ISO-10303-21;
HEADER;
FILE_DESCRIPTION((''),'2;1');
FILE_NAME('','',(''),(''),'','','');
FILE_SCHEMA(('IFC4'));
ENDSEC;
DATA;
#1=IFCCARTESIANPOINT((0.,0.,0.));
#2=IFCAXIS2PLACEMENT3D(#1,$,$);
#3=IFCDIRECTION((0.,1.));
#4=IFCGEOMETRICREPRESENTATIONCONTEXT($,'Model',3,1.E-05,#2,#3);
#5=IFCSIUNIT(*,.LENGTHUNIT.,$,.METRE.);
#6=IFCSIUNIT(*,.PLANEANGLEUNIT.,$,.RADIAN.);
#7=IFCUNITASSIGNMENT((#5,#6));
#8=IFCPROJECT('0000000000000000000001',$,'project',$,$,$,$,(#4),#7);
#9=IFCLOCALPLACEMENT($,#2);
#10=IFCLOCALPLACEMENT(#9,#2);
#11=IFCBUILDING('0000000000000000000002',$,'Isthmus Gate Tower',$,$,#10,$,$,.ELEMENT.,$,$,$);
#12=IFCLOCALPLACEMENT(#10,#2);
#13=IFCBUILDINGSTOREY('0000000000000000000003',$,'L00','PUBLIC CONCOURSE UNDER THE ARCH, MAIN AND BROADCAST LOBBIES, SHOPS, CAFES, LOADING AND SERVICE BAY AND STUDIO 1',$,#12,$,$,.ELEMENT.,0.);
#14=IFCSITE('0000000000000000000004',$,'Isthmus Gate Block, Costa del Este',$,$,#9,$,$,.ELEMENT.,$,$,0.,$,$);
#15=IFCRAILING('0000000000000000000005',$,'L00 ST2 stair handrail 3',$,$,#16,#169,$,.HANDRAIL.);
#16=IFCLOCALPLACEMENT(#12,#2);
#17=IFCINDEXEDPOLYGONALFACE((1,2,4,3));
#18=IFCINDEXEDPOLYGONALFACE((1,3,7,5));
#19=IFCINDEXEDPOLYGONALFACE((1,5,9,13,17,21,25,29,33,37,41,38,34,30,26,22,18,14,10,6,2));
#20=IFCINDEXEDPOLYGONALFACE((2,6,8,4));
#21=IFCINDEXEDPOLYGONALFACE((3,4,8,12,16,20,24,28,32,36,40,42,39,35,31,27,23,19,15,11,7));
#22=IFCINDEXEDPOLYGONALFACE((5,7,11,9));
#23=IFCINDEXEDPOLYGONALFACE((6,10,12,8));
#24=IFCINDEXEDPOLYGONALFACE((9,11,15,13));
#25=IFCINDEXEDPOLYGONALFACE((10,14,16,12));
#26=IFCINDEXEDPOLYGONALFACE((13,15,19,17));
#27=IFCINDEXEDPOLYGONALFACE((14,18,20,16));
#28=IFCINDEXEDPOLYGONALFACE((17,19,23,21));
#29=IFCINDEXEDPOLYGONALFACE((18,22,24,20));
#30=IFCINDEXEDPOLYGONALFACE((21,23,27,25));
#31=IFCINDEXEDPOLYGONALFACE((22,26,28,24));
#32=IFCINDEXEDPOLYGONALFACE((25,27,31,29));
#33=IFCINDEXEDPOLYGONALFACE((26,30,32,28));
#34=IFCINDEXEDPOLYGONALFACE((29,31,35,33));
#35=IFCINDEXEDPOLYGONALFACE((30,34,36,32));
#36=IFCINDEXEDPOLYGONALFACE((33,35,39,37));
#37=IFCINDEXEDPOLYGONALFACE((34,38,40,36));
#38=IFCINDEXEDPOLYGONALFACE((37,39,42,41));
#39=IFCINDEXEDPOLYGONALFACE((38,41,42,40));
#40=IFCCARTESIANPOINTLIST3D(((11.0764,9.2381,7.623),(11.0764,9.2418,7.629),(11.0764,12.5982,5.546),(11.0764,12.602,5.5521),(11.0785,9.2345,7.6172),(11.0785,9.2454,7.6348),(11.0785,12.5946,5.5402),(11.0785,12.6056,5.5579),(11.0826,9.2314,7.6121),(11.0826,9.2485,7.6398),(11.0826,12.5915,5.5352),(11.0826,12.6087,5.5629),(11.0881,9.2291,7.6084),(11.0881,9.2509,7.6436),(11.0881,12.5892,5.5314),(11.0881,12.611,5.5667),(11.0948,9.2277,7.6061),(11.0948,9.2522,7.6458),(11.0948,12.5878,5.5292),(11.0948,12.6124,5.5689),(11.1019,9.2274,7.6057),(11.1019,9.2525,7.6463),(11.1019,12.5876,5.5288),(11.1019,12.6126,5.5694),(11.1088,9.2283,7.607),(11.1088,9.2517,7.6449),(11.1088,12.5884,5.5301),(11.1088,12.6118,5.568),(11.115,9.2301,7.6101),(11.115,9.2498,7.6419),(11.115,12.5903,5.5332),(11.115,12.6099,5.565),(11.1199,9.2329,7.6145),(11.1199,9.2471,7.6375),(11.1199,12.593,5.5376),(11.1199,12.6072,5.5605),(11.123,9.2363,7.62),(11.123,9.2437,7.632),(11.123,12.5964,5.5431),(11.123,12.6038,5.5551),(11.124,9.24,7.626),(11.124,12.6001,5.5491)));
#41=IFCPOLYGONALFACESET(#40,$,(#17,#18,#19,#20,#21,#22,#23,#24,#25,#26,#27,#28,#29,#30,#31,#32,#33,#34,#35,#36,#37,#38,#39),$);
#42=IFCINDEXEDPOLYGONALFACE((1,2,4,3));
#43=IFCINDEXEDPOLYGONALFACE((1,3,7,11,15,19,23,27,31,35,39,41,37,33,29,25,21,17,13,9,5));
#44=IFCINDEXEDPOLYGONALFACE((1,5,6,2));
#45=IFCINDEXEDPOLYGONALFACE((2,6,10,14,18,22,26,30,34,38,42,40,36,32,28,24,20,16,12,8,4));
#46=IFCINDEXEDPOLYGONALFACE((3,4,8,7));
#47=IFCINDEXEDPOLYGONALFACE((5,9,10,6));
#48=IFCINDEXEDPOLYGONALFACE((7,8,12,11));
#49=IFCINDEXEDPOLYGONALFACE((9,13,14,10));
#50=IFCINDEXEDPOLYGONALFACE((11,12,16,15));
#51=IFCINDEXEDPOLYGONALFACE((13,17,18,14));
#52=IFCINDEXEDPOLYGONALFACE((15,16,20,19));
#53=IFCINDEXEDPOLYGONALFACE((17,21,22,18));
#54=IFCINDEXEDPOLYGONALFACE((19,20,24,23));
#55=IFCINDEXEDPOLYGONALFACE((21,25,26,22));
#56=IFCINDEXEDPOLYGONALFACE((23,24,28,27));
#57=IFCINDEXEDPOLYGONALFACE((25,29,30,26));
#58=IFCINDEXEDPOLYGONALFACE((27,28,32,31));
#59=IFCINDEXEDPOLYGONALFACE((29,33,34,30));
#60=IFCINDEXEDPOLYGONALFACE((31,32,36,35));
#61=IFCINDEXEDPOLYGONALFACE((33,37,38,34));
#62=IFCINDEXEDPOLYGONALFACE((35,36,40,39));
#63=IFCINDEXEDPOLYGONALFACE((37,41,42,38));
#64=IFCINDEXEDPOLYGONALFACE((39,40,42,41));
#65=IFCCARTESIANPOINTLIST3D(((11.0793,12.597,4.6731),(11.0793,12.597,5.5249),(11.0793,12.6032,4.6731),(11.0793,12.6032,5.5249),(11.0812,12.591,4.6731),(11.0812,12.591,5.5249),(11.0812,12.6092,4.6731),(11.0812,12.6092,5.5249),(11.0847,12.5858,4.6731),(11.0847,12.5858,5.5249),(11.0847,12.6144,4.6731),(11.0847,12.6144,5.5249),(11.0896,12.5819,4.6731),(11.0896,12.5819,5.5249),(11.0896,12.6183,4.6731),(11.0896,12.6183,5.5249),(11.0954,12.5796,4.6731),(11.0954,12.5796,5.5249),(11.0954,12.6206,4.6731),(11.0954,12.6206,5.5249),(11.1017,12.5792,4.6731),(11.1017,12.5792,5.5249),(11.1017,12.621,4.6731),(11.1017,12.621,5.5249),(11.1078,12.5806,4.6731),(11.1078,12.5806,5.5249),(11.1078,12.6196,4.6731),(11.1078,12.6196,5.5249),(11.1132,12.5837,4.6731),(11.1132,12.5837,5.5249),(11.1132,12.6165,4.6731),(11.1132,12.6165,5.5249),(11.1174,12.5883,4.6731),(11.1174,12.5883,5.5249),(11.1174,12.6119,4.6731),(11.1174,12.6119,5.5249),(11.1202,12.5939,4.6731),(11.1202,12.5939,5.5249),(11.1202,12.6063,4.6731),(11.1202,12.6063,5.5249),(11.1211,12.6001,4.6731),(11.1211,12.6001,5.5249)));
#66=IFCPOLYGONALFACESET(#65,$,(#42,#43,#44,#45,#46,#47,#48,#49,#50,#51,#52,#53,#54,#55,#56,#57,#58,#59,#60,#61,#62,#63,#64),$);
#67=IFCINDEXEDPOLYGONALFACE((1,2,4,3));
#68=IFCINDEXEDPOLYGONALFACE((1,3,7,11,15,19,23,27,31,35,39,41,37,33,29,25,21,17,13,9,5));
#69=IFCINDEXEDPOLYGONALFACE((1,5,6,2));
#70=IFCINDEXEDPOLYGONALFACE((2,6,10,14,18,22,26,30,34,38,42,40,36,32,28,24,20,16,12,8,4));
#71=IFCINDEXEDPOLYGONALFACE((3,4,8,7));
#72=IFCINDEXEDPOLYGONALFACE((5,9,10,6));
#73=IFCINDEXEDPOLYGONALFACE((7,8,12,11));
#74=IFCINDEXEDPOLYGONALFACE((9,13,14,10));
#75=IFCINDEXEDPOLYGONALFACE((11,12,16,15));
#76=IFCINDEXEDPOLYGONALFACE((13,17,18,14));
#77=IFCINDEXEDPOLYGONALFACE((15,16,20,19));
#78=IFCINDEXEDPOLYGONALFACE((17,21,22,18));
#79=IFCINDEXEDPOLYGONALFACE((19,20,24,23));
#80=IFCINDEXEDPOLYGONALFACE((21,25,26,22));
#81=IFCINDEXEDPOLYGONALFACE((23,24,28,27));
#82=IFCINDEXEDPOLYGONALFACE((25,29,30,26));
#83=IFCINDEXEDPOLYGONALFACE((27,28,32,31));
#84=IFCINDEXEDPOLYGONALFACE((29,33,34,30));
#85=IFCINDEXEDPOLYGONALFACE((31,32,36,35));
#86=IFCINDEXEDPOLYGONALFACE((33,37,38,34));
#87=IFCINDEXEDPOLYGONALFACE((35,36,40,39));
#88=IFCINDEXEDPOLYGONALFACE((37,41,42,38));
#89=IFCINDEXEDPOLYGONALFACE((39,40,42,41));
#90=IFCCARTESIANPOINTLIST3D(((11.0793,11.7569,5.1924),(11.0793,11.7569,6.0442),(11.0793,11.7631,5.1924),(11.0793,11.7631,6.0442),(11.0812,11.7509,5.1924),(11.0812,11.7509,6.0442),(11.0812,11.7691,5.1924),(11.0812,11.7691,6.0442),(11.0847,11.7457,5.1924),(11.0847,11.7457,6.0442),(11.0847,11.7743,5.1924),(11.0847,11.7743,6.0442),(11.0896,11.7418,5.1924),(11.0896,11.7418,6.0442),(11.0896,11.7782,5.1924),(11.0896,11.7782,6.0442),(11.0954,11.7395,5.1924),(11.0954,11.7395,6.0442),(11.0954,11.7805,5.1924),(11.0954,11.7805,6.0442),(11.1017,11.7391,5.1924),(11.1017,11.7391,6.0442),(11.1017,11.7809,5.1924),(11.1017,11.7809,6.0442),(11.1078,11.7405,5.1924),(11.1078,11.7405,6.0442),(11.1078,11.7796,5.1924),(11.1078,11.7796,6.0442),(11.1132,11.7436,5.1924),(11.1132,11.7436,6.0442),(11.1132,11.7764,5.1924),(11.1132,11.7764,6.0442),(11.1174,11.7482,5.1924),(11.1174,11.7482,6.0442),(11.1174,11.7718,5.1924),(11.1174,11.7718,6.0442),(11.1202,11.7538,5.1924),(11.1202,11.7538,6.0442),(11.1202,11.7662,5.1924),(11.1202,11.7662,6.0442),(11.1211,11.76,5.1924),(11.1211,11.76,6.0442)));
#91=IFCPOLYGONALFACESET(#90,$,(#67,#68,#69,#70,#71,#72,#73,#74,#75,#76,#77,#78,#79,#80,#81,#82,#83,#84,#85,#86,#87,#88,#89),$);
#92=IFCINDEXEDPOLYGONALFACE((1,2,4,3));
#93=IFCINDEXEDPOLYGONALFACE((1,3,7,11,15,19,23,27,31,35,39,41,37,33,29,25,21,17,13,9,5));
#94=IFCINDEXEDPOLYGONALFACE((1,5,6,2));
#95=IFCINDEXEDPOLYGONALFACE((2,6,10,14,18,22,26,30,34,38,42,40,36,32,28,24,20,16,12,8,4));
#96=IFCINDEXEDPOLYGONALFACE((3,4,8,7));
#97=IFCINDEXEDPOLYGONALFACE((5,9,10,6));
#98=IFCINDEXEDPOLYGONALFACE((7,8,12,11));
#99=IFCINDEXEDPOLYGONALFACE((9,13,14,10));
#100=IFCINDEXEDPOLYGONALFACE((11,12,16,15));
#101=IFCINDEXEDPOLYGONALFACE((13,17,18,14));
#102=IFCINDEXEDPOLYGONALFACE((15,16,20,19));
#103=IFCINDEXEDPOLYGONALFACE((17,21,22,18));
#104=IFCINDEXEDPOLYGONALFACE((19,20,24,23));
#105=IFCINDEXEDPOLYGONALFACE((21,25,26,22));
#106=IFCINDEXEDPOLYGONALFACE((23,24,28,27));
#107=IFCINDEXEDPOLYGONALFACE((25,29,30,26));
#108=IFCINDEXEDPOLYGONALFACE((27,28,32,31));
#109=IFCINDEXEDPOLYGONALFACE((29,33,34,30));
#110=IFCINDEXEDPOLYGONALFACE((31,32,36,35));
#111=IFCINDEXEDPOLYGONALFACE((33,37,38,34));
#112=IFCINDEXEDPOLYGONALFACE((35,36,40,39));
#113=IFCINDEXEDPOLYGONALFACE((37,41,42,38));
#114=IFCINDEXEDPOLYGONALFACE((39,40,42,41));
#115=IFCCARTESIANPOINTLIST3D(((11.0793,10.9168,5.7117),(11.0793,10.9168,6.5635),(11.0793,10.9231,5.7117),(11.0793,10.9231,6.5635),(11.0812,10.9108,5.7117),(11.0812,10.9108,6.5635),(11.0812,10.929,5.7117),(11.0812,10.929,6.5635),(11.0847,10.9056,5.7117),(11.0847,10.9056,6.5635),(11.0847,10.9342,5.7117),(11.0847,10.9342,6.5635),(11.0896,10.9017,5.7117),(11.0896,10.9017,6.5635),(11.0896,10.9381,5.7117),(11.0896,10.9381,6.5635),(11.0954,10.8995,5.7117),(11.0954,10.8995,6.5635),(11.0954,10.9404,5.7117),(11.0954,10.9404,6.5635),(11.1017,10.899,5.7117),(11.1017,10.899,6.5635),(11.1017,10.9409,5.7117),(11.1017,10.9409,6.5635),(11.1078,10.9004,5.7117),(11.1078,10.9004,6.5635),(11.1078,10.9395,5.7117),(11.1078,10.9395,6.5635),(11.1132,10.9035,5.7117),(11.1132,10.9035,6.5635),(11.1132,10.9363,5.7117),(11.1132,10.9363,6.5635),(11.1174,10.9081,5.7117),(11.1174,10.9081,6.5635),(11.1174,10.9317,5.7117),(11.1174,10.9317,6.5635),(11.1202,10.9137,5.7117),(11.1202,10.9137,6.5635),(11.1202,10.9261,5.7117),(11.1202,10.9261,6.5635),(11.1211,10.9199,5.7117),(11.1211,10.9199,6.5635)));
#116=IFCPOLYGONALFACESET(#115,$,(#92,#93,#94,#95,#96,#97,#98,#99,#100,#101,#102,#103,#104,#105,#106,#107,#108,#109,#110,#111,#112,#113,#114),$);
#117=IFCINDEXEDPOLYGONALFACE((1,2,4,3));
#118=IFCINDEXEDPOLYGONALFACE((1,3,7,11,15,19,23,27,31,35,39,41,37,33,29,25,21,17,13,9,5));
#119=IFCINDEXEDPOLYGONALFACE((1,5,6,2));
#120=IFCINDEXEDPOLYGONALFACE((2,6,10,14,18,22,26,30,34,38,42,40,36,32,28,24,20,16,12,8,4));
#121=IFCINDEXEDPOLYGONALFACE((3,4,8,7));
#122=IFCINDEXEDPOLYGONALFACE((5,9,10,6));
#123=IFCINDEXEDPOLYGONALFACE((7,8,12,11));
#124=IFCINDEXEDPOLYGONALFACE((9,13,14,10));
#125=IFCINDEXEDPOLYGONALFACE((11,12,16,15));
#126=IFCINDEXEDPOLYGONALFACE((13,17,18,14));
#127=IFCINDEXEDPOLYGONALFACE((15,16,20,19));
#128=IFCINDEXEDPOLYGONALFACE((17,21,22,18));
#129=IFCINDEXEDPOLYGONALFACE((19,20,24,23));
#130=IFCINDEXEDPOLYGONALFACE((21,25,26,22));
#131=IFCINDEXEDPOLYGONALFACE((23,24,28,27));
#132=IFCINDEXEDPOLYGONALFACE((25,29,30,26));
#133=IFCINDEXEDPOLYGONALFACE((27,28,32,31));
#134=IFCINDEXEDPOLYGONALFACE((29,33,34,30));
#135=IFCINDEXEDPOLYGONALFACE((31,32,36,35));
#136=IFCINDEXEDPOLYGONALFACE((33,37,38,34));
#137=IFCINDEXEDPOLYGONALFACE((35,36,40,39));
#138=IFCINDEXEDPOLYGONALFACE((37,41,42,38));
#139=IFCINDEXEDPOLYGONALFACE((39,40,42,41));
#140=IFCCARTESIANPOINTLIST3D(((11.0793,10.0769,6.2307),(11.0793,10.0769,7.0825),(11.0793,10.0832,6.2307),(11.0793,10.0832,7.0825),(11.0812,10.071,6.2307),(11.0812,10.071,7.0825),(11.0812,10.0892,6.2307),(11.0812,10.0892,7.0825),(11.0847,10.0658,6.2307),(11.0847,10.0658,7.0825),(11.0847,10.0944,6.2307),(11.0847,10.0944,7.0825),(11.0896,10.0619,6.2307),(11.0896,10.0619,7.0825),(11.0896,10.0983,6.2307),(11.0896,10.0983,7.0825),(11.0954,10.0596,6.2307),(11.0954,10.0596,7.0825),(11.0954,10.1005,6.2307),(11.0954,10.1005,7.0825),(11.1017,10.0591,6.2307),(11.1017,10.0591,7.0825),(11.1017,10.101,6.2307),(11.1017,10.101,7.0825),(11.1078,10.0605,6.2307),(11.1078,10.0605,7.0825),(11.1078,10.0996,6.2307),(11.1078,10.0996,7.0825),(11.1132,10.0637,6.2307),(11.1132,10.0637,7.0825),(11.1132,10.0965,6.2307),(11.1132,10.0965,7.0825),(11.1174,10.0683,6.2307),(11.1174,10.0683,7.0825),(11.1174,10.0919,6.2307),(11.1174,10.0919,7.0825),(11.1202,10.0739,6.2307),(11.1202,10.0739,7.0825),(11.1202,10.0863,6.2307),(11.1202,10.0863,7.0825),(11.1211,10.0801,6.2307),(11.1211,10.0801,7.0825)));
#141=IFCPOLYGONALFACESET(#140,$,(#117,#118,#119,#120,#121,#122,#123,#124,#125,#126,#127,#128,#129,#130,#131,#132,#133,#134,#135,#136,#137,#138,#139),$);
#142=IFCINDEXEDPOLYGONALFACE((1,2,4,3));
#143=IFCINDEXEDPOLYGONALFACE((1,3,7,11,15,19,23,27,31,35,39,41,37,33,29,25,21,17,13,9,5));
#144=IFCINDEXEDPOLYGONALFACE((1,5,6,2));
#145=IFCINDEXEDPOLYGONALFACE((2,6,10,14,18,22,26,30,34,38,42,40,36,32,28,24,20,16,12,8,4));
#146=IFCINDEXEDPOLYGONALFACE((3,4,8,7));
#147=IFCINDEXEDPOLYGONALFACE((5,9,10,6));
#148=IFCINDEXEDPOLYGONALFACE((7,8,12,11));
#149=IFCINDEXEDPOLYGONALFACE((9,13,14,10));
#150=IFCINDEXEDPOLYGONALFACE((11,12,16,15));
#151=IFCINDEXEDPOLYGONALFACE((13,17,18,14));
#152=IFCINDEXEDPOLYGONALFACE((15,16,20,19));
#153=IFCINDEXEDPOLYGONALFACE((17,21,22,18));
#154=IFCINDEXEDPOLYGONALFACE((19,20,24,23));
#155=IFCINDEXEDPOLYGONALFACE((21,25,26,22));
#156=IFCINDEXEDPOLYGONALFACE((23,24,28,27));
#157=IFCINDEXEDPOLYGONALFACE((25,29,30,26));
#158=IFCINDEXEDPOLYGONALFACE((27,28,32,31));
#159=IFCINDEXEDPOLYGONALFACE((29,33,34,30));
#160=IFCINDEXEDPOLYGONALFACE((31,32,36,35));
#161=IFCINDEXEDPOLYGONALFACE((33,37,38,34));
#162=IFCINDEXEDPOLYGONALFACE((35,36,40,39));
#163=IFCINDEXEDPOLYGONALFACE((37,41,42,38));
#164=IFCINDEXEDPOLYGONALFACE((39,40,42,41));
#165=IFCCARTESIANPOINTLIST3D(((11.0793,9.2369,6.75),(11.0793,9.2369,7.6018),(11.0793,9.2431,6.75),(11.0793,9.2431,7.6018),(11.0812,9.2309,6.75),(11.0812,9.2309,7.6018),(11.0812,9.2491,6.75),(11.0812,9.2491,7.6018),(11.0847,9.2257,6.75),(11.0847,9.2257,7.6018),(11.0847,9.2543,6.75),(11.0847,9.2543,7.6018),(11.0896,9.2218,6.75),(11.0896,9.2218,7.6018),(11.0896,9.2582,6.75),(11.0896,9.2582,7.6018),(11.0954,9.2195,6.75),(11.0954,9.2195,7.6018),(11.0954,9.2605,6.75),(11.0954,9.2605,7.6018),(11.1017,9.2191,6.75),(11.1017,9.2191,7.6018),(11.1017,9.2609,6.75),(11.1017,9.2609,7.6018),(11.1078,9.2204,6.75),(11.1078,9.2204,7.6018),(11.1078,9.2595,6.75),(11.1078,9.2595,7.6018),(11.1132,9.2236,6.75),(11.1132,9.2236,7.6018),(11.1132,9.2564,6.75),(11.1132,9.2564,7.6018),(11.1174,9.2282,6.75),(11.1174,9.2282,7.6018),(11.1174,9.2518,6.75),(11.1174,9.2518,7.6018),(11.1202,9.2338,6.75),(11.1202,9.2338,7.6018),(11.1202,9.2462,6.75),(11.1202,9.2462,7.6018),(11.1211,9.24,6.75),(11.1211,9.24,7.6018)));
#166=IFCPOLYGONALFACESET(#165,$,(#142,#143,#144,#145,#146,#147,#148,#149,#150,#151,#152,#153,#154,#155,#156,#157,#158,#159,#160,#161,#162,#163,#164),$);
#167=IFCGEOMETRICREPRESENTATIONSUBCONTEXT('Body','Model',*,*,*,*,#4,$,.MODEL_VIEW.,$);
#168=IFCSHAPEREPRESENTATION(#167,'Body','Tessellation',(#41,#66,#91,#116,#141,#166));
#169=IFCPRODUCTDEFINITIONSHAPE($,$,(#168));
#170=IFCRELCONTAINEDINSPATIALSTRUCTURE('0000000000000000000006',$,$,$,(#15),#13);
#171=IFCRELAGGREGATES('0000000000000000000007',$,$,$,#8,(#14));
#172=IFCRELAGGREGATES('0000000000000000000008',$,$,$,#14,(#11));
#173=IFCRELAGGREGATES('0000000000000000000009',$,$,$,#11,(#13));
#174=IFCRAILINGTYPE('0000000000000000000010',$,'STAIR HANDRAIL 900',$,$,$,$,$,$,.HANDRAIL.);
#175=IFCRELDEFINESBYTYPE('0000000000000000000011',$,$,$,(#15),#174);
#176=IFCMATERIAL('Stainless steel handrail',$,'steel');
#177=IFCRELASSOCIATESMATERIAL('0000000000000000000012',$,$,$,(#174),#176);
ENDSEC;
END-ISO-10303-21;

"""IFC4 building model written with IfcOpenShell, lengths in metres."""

from ifc_helpers import new_model, si_unit, direction, frame, origin, origin_2d, place, context, subcontext, project, spatial, circle, extrude, material, type_object, element, save


model = new_model("IFC4")

# Units and contexts
model_context = context("Model", 3, precision=1e-05, world=origin(), true_north=direction((0.0, 1.0)))
body_context = subcontext(model_context, "Body", "Model", "MODEL_VIEW")
ifc_project = project(units=[si_unit("LENGTHUNIT", "METRE"), si_unit("PLANEANGLEUNIT", "RADIAN")], contexts=[model_context])

# Site, building, storey
site_placement = place(None, origin())
site = spatial("IfcSite", under=ifc_project, at=site_placement, Name="Isthmus Gate Block, Costa del Este", CompositionType="ELEMENT", RefElevation=0.0)
building_placement = place(site_placement, origin())
building = spatial("IfcBuilding", under=site, at=building_placement, Name="Isthmus Gate Tower", CompositionType="ELEMENT")
storey_placement = place(building_placement, origin())
storey = spatial("IfcBuildingStorey", under=building, at=storey_placement, Name="L00", Description="PUBLIC CONCOURSE UNDER THE ARCH, MAIN AND BROADCAST LOBBIES, SHOPS, CAFES, LOADING AND SERVICE BAY AND STUDIO 1", CompositionType="ELEMENT", Elevation=0.0)

# Railing
ifc_material_1 = material(Name="Stainless steel handrail", Category="steel")
railing_type_1 = type_object("IfcRailingType", Name="STAIR HANDRAIL 900", PredefinedType="HANDRAIL", material=ifc_material_1)
for number, where, name in (
    (1, (11.1001, 12.6001, 4.6731), "L00 ST2 stair handrail 3"),
):
    element("IfcRailing", number, at=place(storey_placement, frame(where)), inside=storey, type_object=railing_type_1, Name=name, PredefinedType="HANDRAIL", context=body_context, shape_type="SweptSolid", body=[
        extrude(circle(Radius=0.0239, at=origin_2d()), frame((0.0, 0.0, 0.876), z_axis=(0.0, -0.850623, 0.525776), x_axis=(1.0, 0.0, 0.0)), (0.0, 0.0, 1.0), 3.9502),
        extrude(circle(Radius=0.021, at=origin_2d()), origin(), (0.0, 0.0, 1.0), 0.8518),
        extrude(circle(Radius=0.021, at=origin_2d()), frame((0.0, -0.8401, 0.5193)), (0.0, 0.0, 1.0), 0.8518),
        extrude(circle(Radius=0.021, at=origin_2d()), frame((0.0, -1.6802, 1.0386)), (0.0, 0.0, 1.0), 0.8518),
        extrude(circle(Radius=0.021, at=origin_2d()), frame((0.0, -2.52, 1.5576)), (0.0, 0.0, 1.0), 0.8518),
        extrude(circle(Radius=0.021, at=origin_2d()), frame((0.0, -3.3601, 2.0769)), (0.0, 0.0, 1.0), 0.8518),
    ])

save(model, "model.ifc")
